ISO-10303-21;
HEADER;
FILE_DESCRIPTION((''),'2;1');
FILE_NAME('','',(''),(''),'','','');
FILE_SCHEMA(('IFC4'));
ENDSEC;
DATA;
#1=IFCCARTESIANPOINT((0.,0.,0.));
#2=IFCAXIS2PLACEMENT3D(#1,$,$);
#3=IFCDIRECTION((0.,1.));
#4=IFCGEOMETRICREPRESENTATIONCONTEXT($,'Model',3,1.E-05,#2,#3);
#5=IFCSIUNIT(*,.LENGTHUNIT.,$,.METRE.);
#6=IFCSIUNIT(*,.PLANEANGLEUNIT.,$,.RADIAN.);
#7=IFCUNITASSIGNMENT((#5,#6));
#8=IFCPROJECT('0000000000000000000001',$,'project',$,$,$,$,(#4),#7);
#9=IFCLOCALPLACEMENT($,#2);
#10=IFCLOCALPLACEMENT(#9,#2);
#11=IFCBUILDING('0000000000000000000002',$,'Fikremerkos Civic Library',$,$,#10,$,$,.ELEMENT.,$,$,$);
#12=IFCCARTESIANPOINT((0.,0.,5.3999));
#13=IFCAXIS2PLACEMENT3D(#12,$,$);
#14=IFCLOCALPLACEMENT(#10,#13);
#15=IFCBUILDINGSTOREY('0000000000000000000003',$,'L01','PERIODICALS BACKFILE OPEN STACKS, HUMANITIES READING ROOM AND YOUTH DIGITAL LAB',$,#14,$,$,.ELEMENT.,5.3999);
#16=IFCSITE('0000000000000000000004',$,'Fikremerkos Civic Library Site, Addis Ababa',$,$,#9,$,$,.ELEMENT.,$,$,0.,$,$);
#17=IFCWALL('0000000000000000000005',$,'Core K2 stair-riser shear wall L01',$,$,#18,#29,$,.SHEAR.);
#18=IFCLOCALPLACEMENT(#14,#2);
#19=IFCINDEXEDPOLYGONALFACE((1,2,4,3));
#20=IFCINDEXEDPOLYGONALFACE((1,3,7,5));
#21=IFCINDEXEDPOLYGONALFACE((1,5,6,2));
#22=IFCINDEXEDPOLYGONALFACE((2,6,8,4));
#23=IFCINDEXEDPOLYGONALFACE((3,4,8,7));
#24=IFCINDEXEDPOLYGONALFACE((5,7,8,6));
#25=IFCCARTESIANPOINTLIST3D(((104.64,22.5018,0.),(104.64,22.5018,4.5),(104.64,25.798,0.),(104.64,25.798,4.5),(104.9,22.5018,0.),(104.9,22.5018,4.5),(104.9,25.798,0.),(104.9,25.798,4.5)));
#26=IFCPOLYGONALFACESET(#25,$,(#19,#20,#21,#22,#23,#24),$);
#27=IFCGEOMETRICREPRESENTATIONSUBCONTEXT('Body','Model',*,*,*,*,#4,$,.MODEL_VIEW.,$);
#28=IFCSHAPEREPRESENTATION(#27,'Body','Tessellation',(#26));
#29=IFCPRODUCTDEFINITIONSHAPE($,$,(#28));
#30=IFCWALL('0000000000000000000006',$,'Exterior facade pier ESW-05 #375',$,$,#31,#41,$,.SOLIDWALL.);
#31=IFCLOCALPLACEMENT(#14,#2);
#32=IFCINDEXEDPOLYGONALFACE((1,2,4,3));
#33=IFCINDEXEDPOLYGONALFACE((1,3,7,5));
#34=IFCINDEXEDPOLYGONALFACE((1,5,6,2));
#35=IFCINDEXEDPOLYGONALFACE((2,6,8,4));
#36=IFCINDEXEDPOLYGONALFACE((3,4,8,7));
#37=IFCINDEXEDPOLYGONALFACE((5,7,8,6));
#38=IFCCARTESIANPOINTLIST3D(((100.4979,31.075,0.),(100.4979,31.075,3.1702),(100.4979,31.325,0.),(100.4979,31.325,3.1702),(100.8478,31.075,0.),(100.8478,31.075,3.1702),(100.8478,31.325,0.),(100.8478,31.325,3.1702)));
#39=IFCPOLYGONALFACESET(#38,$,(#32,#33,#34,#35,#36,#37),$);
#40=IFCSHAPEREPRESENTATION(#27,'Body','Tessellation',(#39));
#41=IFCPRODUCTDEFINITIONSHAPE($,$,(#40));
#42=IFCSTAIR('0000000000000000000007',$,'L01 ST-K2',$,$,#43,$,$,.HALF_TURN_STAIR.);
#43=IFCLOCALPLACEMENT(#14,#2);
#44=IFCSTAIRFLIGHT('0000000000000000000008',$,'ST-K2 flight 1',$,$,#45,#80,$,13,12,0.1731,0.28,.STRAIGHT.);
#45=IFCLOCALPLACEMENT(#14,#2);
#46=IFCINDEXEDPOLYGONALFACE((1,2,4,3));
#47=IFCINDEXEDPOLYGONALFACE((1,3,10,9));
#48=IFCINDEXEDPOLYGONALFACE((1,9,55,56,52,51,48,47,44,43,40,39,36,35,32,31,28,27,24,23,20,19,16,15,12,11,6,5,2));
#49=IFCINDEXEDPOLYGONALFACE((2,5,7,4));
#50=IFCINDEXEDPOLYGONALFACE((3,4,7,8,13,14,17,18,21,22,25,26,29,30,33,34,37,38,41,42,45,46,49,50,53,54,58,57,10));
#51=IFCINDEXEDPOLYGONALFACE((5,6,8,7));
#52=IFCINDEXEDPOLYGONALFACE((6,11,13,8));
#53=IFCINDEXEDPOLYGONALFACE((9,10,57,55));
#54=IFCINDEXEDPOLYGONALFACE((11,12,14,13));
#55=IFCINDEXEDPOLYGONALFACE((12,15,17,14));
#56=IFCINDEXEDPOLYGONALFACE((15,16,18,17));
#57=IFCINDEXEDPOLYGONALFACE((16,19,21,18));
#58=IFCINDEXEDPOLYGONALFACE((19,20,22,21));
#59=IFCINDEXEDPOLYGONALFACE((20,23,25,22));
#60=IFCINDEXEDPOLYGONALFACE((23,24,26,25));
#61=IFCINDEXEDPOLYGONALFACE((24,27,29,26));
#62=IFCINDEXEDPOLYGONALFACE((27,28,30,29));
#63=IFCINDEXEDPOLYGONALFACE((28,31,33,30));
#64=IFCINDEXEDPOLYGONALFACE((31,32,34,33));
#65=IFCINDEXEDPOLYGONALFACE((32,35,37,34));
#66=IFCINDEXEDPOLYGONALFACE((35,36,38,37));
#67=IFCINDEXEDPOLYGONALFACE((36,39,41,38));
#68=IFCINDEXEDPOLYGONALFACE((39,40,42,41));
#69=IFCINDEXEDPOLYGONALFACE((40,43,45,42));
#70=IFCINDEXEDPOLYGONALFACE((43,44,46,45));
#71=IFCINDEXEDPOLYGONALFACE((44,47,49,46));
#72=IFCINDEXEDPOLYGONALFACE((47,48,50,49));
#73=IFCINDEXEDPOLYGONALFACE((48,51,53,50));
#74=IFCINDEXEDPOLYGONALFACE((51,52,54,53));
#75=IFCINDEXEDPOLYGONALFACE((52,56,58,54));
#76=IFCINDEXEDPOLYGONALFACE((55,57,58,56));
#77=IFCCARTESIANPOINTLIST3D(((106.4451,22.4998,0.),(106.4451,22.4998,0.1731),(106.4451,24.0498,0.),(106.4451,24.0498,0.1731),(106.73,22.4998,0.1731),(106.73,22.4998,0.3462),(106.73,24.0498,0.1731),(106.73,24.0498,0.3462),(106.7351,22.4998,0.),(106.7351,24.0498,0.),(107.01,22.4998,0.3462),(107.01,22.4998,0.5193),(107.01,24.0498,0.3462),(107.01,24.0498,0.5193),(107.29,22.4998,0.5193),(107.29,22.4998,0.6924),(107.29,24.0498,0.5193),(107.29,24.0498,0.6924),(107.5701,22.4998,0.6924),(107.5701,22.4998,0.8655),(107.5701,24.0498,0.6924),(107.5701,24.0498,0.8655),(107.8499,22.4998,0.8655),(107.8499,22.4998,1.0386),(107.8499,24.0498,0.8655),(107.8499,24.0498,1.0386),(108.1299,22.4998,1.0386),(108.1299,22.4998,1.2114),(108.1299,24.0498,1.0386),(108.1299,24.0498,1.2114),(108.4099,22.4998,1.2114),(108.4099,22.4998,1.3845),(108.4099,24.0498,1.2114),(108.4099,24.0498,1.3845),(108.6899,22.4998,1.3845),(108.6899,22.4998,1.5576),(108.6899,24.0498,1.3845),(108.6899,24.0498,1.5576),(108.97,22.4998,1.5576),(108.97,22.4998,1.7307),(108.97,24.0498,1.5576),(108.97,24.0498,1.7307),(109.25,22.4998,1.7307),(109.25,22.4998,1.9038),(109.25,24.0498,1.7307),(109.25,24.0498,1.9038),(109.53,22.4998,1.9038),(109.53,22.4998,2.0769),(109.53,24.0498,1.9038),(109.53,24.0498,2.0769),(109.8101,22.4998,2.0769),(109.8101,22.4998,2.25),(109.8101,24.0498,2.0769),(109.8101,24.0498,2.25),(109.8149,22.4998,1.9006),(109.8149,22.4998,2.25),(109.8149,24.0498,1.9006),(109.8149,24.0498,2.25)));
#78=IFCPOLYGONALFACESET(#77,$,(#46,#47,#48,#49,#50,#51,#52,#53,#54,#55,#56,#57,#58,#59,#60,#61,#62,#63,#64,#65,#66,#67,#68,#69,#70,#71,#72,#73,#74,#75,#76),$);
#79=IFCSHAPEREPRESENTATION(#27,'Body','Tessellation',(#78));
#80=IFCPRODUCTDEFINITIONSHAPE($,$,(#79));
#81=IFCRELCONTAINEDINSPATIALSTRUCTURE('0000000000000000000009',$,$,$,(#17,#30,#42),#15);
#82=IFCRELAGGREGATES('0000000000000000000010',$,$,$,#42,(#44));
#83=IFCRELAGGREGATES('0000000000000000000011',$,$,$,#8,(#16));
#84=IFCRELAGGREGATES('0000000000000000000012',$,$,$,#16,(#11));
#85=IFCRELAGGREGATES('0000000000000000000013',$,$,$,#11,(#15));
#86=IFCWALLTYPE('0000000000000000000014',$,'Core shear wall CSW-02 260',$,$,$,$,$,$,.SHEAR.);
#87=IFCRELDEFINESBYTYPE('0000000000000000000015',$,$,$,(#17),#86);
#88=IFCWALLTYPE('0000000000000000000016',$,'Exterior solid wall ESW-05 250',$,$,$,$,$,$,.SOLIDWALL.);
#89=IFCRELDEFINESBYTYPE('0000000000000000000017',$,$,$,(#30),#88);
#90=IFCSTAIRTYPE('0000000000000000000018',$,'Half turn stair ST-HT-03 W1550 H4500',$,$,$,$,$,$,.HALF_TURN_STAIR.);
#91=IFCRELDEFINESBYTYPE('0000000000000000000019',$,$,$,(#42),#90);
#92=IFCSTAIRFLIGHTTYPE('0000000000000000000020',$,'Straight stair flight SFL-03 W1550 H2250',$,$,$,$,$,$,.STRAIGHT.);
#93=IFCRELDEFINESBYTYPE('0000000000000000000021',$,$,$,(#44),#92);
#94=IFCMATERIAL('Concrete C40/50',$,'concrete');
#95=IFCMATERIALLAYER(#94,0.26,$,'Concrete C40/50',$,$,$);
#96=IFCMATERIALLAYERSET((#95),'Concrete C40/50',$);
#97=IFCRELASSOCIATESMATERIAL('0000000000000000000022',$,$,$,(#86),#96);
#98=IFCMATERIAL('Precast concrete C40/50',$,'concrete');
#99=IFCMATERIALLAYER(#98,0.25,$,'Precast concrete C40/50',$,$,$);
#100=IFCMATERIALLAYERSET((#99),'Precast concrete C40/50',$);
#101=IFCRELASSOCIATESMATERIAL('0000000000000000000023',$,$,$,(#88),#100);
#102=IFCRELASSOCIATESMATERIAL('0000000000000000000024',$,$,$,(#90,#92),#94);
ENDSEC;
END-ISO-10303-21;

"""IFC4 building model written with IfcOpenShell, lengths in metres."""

from ifc_helpers import new_model, si_unit, direction, frame, frame_2d, origin, place, context, subcontext, project, spatial, polyline, rectangle, outline, extrude, material, layer, layer_set, type_object, element, aggregate, save


model = new_model("IFC4")

# Units and contexts
model_context = context("Model", 3, precision=1e-05, world=origin(), true_north=direction((0.0, 1.0)))
body_context = subcontext(model_context, "Body", "Model", "MODEL_VIEW")
ifc_project = project(units=[si_unit("LENGTHUNIT", "METRE"), si_unit("PLANEANGLEUNIT", "RADIAN")], contexts=[model_context])

# Site, building, storey
site_placement = place(None, origin())
site = spatial("IfcSite", under=ifc_project, at=site_placement, Name="Fikremerkos Civic Library Site, Addis Ababa", CompositionType="ELEMENT", RefElevation=0.0)
building_placement = place(site_placement, origin())
building = spatial("IfcBuilding", under=site, at=building_placement, Name="Fikremerkos Civic Library", CompositionType="ELEMENT")
storey_placement = place(building_placement, frame((0.0, 0.0, 5.3999)))
storey = spatial("IfcBuildingStorey", under=building, at=storey_placement, Name="L01", Description="PERIODICALS BACKFILE OPEN STACKS, HUMANITIES READING ROOM AND YOUTH DIGITAL LAB", CompositionType="ELEMENT", Elevation=5.3999)

# Shared definitions
ifc_material_1 = material(Name="Concrete C40/50", Category="concrete")

# Shared definitions
ifc_layer_1 = layer(ifc_material_1, 0.26, Name="Concrete C40/50")
ifc_layer_set_1 = layer_set([ifc_layer_1], Name="Concrete C40/50")
wall_type_1 = type_object("IfcWallType", Name="Core shear wall CSW-02 260", PredefinedType="SHEAR", material=ifc_layer_set_1)

# Walls
wall_1_placement = place(storey_placement, frame((104.77, 22.502, 0.0), z_axis=(0.0, 0.0, 1.0), x_axis=(0.0, 1.0, 0.0)))
element("IfcWall", 1, at=wall_1_placement, inside=storey, type_object=wall_type_1, Name="Core K2 stair-riser shear wall L01", PredefinedType="SHEAR", context=body_context, shape_type="SweptSolid", body=[
    extrude(rectangle(XDim=3.2961, YDim=0.26, at=frame_2d((1.6479, 0.0))), origin(), (0.0, 0.0, 1.0), 4.5),
])
ifc_material_2 = material(Name="Precast concrete C40/50", Category="concrete")
ifc_layer_2 = layer(ifc_material_2, 0.25, Name="Precast concrete C40/50")
ifc_layer_set_2 = layer_set([ifc_layer_2], Name="Precast concrete C40/50")
wall_type_2 = type_object("IfcWallType", Name="Exterior solid wall ESW-05 250", PredefinedType="SOLIDWALL", material=ifc_layer_set_2)
wall_2_placement = place(storey_placement, frame((100.498, 31.2, 0.0), z_axis=(0.0, 0.0, 1.0), x_axis=(1.0, 0.0, 0.0)))
element("IfcWall", 2, at=wall_2_placement, inside=storey, type_object=wall_type_2, Name="Exterior facade pier ESW-05 #375", PredefinedType="SOLIDWALL", context=body_context, shape_type="SweptSolid", body=[
    extrude(rectangle(XDim=0.3499, YDim=0.25, at=frame_2d((0.1748, 0.0))), origin(), (0.0, 0.0, 1.0), 3.1702),
])

# Stair, stair flight
stair_type = type_object("IfcStairType", Name="Half turn stair ST-HT-03 W1550 H4500", PredefinedType="HALF_TURN_STAIR", material=ifc_material_1)
stair_placement = place(storey_placement, origin())
stair = element("IfcStair", 3, at=stair_placement, inside=storey, type_object=stair_type, Name="L01 ST-K2", PredefinedType="HALF_TURN_STAIR")
stair_flight_type = type_object("IfcStairFlightType", Name="Straight stair flight SFL-03 W1550 H2250", PredefinedType="STRAIGHT", material=ifc_material_1)
stair_flight_placement = place(storey_placement, frame((106.45, 23.2749, 0.0), z_axis=(0.0, 0.0, 1.0), x_axis=(1.0, 0.0, 0.0)))
stair_flight = element("IfcStairFlight", 4, at=stair_flight_placement, type_object=stair_flight_type, Name="ST-K2 flight 1", NumberOfRisers=13, NumberOfTreads=12, PredefinedType="STRAIGHT", RiserHeight=0.1731, TreadLength=0.28, context=body_context, shape_type="SweptSolid", body=[
    extrude(outline(polyline([(-0.0049, 0.0), (-0.0049, 0.1731), (0.28, 0.1731), (0.28, 0.3462), (0.5601, 0.3462), (0.5601, 0.5193), (0.8401, 0.5193), (0.8401, 0.6924), (1.1201, 0.6924), (1.1201, 0.8655), (1.3999, 0.8655), (1.3999, 1.0386), (1.6799, 1.0386), (1.6799, 1.2114), (1.96, 1.2114), (1.96, 1.3845), (2.24, 1.3845), (2.24, 1.5576), (2.52, 1.5576), (2.52, 1.7307), (2.8, 1.7307), (2.8, 1.9038), (3.0801, 1.9038), (3.0801, 2.0769), (3.3601, 2.0769), (3.3601, 2.25), (3.365, 2.25), (3.365, 1.9006), (0.2852, 0.0), (-0.0049, 0.0)])), frame((0.0, 0.7749, 0.0), z_axis=(0.0, -1.0, 0.0), x_axis=(1.0, 0.0, 0.0)), (0.0, 0.0, 1.0), 1.55),
])
aggregate(stair, [stair_flight])

save(model, "model.ifc")
